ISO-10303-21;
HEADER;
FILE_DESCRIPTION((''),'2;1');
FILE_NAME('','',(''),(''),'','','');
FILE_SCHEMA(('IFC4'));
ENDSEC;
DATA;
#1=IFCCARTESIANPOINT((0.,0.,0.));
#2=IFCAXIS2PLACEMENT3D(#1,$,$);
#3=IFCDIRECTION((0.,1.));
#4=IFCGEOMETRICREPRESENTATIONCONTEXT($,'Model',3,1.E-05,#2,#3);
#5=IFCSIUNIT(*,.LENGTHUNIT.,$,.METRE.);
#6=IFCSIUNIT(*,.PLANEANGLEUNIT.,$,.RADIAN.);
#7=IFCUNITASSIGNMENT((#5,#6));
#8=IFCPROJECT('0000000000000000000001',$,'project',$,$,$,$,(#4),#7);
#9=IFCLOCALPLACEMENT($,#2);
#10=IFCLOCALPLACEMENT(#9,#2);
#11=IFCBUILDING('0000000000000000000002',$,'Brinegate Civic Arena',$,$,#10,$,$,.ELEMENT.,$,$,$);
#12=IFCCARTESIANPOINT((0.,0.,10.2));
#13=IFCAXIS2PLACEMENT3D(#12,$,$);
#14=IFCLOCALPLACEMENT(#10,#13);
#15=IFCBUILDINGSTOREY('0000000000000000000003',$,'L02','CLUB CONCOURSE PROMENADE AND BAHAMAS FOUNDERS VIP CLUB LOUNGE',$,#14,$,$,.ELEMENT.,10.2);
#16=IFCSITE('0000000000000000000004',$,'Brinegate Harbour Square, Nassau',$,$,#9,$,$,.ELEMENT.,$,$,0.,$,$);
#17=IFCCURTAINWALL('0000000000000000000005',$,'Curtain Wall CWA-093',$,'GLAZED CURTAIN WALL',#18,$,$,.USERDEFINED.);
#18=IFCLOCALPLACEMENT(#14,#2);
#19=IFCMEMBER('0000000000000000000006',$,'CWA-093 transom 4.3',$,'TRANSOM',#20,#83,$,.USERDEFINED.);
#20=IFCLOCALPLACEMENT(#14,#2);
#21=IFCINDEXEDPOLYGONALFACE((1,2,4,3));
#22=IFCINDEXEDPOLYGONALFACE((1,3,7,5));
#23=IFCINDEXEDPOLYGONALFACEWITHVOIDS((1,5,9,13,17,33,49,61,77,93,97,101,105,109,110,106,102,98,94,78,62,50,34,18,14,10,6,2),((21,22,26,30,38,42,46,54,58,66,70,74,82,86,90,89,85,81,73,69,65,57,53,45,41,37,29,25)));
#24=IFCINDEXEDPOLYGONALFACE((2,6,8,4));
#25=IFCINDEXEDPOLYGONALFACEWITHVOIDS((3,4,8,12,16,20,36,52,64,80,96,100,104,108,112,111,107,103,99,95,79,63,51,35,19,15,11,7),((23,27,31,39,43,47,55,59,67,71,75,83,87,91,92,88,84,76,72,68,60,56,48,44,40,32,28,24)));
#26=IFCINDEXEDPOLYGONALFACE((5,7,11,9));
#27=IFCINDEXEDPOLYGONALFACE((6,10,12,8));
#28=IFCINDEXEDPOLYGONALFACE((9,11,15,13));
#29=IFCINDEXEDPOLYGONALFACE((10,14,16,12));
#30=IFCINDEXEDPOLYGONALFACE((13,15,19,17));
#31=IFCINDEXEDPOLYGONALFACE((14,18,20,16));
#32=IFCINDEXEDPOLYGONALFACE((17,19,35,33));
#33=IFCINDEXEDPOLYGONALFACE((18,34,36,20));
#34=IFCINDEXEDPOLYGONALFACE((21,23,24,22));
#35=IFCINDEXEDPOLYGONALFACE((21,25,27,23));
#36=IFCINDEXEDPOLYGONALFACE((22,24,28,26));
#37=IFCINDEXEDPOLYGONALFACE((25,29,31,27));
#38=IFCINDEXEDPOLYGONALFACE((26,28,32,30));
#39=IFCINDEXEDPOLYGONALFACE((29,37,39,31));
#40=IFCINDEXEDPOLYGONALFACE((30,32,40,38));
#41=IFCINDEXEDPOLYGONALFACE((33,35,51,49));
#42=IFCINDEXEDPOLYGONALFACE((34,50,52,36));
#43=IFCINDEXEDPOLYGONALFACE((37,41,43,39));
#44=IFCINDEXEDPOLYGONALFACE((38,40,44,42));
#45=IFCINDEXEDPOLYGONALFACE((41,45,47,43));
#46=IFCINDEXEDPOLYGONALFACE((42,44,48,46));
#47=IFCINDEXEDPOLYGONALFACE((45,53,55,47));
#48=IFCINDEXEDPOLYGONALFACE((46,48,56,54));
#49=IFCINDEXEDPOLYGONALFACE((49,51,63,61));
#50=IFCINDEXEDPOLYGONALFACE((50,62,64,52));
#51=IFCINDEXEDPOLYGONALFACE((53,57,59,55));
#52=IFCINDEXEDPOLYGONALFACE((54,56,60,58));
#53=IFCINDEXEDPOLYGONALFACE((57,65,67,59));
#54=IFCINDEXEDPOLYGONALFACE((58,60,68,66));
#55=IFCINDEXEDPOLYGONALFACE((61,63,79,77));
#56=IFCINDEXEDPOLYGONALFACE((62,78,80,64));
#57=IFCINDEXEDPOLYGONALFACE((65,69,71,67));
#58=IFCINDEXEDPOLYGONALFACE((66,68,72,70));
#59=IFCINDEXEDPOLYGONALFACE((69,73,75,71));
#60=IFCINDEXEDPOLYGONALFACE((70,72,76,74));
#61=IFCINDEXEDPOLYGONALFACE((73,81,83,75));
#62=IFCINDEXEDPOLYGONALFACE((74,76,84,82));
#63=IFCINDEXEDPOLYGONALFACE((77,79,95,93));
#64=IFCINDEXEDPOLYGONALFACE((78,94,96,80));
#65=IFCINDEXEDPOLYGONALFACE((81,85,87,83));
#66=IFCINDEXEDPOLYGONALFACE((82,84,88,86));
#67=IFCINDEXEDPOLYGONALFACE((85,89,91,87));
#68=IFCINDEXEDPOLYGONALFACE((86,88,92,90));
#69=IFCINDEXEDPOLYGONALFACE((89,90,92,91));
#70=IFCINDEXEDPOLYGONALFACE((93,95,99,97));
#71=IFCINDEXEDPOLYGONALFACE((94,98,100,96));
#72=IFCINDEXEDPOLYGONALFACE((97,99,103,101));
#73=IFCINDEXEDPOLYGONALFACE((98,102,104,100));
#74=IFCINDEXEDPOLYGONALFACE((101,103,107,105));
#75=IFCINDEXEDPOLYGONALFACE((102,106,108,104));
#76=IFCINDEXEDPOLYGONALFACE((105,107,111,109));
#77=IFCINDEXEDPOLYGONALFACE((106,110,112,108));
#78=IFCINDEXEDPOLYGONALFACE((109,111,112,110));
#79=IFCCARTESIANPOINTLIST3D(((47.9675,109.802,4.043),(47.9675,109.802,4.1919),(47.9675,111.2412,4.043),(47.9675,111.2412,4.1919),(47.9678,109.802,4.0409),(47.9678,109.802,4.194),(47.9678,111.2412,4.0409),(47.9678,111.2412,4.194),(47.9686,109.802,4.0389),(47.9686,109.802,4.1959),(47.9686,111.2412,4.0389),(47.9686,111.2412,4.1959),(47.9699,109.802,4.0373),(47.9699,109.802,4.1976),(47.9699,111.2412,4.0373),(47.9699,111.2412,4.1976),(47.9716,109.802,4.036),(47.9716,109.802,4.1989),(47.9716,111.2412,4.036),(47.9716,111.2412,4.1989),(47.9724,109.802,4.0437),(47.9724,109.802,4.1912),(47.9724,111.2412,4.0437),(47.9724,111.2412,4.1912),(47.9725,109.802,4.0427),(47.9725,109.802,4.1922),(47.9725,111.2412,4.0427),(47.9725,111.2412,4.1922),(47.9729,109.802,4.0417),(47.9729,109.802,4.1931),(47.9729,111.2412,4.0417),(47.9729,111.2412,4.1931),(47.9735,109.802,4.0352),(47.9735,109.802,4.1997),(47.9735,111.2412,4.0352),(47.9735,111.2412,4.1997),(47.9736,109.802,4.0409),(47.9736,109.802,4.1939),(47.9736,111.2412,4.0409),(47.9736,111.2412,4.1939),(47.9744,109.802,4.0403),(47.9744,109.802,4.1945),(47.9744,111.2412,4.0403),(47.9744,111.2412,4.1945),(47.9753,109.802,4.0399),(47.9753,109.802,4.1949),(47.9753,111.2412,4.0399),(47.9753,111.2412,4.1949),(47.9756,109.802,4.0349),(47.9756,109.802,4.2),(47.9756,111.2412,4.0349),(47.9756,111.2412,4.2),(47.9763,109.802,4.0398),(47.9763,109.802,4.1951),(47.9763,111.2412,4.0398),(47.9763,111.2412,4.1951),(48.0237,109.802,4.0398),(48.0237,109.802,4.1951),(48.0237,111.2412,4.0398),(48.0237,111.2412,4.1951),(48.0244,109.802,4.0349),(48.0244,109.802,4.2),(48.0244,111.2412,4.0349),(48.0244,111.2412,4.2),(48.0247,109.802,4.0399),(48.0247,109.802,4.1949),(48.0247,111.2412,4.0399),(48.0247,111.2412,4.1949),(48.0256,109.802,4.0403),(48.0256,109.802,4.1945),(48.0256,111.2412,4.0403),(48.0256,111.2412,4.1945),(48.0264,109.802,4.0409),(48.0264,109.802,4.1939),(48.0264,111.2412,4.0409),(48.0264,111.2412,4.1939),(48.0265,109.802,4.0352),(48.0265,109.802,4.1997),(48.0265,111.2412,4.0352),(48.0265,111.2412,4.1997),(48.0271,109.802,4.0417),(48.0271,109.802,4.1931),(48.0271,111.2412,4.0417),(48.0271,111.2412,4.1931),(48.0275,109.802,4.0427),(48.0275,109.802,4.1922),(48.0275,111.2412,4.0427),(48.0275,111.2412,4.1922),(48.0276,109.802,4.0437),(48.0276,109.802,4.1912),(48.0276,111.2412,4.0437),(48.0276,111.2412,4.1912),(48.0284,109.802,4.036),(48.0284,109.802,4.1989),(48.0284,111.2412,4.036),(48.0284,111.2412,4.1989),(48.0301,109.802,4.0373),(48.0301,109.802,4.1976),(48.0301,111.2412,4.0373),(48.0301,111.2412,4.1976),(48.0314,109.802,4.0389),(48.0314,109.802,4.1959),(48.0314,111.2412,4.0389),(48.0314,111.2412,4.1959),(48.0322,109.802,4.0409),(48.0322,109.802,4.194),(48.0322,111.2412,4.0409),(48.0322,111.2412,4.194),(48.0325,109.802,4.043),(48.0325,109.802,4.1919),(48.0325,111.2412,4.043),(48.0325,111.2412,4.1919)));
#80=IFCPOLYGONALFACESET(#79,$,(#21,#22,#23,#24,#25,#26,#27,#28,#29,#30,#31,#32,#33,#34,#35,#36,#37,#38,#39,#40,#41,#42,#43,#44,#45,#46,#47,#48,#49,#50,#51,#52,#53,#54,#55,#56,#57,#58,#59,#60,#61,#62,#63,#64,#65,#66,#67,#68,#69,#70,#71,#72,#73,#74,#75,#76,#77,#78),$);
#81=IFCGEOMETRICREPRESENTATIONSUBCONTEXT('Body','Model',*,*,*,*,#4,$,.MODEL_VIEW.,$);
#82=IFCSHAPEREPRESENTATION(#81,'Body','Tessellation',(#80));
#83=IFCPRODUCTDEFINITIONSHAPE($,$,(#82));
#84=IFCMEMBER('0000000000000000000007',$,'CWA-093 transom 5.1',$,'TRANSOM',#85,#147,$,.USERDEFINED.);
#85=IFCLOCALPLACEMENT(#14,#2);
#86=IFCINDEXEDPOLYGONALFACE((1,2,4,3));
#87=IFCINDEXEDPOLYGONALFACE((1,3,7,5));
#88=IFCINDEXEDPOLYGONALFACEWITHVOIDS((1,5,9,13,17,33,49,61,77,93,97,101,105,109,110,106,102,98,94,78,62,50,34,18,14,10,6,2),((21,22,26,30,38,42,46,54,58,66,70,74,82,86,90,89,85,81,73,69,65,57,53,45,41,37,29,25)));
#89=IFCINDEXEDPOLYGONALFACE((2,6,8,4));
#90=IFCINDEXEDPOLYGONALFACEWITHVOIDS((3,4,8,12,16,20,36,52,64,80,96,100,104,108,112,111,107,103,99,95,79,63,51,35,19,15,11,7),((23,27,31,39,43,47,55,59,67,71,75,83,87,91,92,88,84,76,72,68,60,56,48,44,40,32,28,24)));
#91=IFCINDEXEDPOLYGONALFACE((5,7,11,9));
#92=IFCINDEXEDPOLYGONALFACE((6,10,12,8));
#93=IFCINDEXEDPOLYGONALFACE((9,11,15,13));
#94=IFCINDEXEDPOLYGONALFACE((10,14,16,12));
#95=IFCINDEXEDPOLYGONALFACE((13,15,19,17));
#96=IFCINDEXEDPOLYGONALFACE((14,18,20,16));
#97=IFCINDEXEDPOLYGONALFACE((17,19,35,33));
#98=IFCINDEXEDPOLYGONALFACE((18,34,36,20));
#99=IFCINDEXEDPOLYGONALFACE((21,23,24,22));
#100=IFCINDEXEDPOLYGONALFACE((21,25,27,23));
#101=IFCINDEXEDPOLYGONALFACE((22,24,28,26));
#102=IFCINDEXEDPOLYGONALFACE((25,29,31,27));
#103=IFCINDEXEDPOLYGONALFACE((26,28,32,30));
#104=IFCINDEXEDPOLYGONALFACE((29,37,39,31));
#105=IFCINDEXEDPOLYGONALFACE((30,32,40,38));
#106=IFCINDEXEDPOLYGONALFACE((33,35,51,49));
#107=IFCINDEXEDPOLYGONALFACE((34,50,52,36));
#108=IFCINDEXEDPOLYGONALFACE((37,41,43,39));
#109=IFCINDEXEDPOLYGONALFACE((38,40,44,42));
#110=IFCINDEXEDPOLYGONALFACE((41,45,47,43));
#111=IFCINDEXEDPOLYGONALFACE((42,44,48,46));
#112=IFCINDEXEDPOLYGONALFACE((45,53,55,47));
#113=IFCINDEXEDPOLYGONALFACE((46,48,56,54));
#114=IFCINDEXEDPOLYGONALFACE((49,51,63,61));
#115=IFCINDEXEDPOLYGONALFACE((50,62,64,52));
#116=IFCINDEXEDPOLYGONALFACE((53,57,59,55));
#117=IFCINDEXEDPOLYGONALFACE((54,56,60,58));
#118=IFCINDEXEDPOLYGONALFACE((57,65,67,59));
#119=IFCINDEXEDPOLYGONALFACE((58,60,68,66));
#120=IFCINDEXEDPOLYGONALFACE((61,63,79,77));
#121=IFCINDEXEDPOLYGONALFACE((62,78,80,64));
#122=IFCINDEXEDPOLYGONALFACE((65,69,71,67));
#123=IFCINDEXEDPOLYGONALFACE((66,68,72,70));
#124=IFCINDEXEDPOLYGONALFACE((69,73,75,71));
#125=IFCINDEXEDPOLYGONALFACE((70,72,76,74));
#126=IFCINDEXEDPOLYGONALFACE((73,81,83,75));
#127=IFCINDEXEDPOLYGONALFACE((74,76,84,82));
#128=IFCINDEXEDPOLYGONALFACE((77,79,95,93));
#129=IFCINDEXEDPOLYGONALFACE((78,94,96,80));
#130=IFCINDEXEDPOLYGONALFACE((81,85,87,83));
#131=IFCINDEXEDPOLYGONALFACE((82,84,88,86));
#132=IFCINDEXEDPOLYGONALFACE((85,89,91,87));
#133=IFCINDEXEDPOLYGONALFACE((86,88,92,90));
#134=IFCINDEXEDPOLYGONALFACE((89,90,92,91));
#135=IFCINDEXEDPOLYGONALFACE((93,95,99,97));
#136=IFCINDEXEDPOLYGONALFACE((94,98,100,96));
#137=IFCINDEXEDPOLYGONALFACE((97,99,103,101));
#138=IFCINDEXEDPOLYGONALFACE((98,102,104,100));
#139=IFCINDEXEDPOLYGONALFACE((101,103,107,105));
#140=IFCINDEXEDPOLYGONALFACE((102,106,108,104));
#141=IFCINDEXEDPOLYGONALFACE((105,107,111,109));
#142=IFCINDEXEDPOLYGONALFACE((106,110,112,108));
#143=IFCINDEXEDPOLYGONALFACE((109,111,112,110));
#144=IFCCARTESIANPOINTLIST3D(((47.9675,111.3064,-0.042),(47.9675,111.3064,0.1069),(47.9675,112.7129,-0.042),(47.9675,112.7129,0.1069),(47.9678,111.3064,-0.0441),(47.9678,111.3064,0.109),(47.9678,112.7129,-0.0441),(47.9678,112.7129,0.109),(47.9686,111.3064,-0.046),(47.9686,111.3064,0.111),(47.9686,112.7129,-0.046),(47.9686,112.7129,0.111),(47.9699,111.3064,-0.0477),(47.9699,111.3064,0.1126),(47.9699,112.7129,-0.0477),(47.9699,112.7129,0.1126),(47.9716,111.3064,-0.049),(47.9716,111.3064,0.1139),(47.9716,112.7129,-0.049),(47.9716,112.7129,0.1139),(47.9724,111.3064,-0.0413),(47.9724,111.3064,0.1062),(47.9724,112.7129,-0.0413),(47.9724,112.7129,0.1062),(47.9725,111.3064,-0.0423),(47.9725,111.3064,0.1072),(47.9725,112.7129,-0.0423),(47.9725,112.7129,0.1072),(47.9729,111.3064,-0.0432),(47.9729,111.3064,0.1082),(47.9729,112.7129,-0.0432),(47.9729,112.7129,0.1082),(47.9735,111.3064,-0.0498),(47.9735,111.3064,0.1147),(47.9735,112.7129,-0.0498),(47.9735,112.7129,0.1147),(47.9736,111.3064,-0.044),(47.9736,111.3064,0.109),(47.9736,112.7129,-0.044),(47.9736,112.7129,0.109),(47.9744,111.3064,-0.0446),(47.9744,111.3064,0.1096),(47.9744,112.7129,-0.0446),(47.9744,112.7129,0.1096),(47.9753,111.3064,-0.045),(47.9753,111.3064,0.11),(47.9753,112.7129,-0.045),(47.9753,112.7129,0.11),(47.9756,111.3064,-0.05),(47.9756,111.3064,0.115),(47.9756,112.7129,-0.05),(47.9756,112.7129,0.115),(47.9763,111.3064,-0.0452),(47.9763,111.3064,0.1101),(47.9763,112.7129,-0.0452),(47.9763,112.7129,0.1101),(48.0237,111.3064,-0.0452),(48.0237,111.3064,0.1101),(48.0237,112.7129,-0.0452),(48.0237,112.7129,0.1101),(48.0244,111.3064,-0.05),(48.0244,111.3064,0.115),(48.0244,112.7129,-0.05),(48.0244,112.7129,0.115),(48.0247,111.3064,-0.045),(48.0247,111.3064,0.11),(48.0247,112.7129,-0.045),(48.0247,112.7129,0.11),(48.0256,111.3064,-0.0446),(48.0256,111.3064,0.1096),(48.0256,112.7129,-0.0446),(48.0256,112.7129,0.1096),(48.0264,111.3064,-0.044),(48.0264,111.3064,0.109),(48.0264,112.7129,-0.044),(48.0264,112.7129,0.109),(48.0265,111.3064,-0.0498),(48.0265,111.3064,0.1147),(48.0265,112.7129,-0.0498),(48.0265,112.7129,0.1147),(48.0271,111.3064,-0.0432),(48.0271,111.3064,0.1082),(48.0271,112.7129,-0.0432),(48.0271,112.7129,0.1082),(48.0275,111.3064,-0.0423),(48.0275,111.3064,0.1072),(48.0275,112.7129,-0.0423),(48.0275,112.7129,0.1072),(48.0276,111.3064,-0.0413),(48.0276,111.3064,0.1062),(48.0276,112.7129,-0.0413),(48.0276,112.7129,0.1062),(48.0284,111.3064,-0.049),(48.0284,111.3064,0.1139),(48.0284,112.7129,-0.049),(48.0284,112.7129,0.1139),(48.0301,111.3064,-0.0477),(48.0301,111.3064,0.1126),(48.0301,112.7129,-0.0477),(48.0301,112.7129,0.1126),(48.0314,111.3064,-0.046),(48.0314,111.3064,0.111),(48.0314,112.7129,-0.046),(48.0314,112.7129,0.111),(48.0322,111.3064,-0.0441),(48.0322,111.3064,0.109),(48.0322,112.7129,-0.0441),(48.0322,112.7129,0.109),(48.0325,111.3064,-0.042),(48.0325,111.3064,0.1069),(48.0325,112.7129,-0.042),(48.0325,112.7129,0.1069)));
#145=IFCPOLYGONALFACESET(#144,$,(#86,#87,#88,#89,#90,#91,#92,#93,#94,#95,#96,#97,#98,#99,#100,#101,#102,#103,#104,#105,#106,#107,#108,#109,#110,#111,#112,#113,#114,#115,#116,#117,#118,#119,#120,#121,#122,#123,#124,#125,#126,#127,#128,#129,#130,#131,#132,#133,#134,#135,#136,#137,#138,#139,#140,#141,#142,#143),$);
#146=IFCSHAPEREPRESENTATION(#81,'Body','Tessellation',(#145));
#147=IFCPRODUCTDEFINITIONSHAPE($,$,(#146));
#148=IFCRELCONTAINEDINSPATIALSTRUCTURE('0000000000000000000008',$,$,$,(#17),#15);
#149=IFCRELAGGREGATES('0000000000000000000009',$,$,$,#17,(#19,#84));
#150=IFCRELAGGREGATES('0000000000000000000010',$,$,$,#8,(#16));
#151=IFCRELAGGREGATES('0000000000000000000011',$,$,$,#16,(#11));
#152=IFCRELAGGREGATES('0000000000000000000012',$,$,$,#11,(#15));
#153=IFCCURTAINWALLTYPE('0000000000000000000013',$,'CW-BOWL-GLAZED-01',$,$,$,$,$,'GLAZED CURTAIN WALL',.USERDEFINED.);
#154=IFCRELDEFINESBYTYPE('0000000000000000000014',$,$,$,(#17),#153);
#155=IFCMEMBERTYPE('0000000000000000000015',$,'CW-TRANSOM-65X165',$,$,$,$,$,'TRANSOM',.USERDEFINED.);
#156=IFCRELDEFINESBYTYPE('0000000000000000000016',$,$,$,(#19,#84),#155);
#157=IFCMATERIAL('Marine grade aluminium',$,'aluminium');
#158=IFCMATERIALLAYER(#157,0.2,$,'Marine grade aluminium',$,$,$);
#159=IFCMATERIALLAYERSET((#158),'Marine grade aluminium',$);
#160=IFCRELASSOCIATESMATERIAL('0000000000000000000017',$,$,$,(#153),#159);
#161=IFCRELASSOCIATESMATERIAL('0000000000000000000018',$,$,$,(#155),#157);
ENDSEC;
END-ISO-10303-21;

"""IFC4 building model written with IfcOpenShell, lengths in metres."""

from ifc_helpers import new_model, si_unit, direction, frame, origin, origin_2d, place, context, subcontext, project, spatial, hollow_rectangle, extrude, material, layer, layer_set, material_profile, profile_set, type_object, element, aggregate, save


model = new_model("IFC4")

# Units and contexts
model_context = context("Model", 3, precision=1e-05, world=origin(), true_north=direction((0.0, 1.0)))
body_context = subcontext(model_context, "Body", "Model", "MODEL_VIEW")
ifc_project = project(units=[si_unit("LENGTHUNIT", "METRE"), si_unit("PLANEANGLEUNIT", "RADIAN")], contexts=[model_context])

# Site, building, storey
site_placement = place(None, origin())
site = spatial("IfcSite", under=ifc_project, at=site_placement, Name="Brinegate Harbour Square, Nassau", CompositionType="ELEMENT", RefElevation=0.0)
building_placement = place(site_placement, origin())
building = spatial("IfcBuilding", under=site, at=building_placement, Name="Brinegate Civic Arena", CompositionType="ELEMENT")
storey_placement = place(building_placement, frame((0.0, 0.0, 10.2)))
storey = spatial("IfcBuildingStorey", under=building, at=storey_placement, Name="L02", Description="CLUB CONCOURSE PROMENADE AND BAHAMAS FOUNDERS VIP CLUB LOUNGE", CompositionType="ELEMENT", Elevation=10.2)

# Curtain wall, members
ifc_material_1 = material(Name="Marine grade aluminium", Category="aluminium")
ifc_layer_1 = layer(ifc_material_1, 0.2, Name="Marine grade aluminium")
ifc_layer_set_1 = layer_set([ifc_layer_1], Name="Marine grade aluminium")
curtain_wall_type = type_object("IfcCurtainWallType", Name="CW-BOWL-GLAZED-01", ElementType="GLAZED CURTAIN WALL", PredefinedType="USERDEFINED", material=ifc_layer_set_1)
curtain_wall_placement = place(storey_placement, origin())
curtain_wall = element("IfcCurtainWall", 1, at=curtain_wall_placement, inside=storey, type_object=curtain_wall_type, Name="Curtain Wall CWA-093", ObjectType="GLAZED CURTAIN WALL", PredefinedType="USERDEFINED")
ifc_material_profile_1 = material_profile(ifc_material_1, hollow_rectangle(XDim=0.0649, YDim=0.165, WallThickness=0.0049, InnerFilletRadius=0.0039, OuterFilletRadius=0.0081, at=origin_2d()), Name="TRN65X165")
ifc_profile_set_1 = profile_set([ifc_material_profile_1], Name="Marine grade aluminium")
member_type_1 = type_object("IfcMemberType", Name="CW-TRANSOM-65X165", ElementType="TRANSOM", PredefinedType="USERDEFINED", material=ifc_profile_set_1)
member_1_placement = place(storey_placement, frame((48.0, 109.802, 4.1174), z_axis=(0.0, 1.0, 0.0), x_axis=(-1.0, 0.0, 0.0)))
member_1 = element("IfcMember", 2, at=member_1_placement, type_object=member_type_1, Name="CWA-093 transom 4.3", ObjectType="TRANSOM", PredefinedType="USERDEFINED", context=body_context, shape_type="SweptSolid", body=[
    extrude(hollow_rectangle(XDim=0.0649, YDim=0.165, WallThickness=0.0049, InnerFilletRadius=0.0039, OuterFilletRadius=0.0081, at=origin_2d()), origin(), (0.0, 0.0, 1.0), 1.4392),
])
member_2_placement = place(storey_placement, frame((48.0, 111.3064, 0.0325), z_axis=(0.0, 1.0, 0.0), x_axis=(-1.0, 0.0, 0.0)))
member_2 = element("IfcMember", 3, at=member_2_placement, type_object=member_type_1, Name="CWA-093 transom 5.1", ObjectType="TRANSOM", PredefinedType="USERDEFINED", context=body_context, shape_type="SweptSolid", body=[
    extrude(hollow_rectangle(XDim=0.0649, YDim=0.165, WallThickness=0.0049, InnerFilletRadius=0.0039, OuterFilletRadius=0.0081, at=origin_2d()), origin(), (0.0, 0.0, 1.0), 1.4065),
])

aggregate(curtain_wall, [member_1, member_2])

save(model, "model.ifc")
